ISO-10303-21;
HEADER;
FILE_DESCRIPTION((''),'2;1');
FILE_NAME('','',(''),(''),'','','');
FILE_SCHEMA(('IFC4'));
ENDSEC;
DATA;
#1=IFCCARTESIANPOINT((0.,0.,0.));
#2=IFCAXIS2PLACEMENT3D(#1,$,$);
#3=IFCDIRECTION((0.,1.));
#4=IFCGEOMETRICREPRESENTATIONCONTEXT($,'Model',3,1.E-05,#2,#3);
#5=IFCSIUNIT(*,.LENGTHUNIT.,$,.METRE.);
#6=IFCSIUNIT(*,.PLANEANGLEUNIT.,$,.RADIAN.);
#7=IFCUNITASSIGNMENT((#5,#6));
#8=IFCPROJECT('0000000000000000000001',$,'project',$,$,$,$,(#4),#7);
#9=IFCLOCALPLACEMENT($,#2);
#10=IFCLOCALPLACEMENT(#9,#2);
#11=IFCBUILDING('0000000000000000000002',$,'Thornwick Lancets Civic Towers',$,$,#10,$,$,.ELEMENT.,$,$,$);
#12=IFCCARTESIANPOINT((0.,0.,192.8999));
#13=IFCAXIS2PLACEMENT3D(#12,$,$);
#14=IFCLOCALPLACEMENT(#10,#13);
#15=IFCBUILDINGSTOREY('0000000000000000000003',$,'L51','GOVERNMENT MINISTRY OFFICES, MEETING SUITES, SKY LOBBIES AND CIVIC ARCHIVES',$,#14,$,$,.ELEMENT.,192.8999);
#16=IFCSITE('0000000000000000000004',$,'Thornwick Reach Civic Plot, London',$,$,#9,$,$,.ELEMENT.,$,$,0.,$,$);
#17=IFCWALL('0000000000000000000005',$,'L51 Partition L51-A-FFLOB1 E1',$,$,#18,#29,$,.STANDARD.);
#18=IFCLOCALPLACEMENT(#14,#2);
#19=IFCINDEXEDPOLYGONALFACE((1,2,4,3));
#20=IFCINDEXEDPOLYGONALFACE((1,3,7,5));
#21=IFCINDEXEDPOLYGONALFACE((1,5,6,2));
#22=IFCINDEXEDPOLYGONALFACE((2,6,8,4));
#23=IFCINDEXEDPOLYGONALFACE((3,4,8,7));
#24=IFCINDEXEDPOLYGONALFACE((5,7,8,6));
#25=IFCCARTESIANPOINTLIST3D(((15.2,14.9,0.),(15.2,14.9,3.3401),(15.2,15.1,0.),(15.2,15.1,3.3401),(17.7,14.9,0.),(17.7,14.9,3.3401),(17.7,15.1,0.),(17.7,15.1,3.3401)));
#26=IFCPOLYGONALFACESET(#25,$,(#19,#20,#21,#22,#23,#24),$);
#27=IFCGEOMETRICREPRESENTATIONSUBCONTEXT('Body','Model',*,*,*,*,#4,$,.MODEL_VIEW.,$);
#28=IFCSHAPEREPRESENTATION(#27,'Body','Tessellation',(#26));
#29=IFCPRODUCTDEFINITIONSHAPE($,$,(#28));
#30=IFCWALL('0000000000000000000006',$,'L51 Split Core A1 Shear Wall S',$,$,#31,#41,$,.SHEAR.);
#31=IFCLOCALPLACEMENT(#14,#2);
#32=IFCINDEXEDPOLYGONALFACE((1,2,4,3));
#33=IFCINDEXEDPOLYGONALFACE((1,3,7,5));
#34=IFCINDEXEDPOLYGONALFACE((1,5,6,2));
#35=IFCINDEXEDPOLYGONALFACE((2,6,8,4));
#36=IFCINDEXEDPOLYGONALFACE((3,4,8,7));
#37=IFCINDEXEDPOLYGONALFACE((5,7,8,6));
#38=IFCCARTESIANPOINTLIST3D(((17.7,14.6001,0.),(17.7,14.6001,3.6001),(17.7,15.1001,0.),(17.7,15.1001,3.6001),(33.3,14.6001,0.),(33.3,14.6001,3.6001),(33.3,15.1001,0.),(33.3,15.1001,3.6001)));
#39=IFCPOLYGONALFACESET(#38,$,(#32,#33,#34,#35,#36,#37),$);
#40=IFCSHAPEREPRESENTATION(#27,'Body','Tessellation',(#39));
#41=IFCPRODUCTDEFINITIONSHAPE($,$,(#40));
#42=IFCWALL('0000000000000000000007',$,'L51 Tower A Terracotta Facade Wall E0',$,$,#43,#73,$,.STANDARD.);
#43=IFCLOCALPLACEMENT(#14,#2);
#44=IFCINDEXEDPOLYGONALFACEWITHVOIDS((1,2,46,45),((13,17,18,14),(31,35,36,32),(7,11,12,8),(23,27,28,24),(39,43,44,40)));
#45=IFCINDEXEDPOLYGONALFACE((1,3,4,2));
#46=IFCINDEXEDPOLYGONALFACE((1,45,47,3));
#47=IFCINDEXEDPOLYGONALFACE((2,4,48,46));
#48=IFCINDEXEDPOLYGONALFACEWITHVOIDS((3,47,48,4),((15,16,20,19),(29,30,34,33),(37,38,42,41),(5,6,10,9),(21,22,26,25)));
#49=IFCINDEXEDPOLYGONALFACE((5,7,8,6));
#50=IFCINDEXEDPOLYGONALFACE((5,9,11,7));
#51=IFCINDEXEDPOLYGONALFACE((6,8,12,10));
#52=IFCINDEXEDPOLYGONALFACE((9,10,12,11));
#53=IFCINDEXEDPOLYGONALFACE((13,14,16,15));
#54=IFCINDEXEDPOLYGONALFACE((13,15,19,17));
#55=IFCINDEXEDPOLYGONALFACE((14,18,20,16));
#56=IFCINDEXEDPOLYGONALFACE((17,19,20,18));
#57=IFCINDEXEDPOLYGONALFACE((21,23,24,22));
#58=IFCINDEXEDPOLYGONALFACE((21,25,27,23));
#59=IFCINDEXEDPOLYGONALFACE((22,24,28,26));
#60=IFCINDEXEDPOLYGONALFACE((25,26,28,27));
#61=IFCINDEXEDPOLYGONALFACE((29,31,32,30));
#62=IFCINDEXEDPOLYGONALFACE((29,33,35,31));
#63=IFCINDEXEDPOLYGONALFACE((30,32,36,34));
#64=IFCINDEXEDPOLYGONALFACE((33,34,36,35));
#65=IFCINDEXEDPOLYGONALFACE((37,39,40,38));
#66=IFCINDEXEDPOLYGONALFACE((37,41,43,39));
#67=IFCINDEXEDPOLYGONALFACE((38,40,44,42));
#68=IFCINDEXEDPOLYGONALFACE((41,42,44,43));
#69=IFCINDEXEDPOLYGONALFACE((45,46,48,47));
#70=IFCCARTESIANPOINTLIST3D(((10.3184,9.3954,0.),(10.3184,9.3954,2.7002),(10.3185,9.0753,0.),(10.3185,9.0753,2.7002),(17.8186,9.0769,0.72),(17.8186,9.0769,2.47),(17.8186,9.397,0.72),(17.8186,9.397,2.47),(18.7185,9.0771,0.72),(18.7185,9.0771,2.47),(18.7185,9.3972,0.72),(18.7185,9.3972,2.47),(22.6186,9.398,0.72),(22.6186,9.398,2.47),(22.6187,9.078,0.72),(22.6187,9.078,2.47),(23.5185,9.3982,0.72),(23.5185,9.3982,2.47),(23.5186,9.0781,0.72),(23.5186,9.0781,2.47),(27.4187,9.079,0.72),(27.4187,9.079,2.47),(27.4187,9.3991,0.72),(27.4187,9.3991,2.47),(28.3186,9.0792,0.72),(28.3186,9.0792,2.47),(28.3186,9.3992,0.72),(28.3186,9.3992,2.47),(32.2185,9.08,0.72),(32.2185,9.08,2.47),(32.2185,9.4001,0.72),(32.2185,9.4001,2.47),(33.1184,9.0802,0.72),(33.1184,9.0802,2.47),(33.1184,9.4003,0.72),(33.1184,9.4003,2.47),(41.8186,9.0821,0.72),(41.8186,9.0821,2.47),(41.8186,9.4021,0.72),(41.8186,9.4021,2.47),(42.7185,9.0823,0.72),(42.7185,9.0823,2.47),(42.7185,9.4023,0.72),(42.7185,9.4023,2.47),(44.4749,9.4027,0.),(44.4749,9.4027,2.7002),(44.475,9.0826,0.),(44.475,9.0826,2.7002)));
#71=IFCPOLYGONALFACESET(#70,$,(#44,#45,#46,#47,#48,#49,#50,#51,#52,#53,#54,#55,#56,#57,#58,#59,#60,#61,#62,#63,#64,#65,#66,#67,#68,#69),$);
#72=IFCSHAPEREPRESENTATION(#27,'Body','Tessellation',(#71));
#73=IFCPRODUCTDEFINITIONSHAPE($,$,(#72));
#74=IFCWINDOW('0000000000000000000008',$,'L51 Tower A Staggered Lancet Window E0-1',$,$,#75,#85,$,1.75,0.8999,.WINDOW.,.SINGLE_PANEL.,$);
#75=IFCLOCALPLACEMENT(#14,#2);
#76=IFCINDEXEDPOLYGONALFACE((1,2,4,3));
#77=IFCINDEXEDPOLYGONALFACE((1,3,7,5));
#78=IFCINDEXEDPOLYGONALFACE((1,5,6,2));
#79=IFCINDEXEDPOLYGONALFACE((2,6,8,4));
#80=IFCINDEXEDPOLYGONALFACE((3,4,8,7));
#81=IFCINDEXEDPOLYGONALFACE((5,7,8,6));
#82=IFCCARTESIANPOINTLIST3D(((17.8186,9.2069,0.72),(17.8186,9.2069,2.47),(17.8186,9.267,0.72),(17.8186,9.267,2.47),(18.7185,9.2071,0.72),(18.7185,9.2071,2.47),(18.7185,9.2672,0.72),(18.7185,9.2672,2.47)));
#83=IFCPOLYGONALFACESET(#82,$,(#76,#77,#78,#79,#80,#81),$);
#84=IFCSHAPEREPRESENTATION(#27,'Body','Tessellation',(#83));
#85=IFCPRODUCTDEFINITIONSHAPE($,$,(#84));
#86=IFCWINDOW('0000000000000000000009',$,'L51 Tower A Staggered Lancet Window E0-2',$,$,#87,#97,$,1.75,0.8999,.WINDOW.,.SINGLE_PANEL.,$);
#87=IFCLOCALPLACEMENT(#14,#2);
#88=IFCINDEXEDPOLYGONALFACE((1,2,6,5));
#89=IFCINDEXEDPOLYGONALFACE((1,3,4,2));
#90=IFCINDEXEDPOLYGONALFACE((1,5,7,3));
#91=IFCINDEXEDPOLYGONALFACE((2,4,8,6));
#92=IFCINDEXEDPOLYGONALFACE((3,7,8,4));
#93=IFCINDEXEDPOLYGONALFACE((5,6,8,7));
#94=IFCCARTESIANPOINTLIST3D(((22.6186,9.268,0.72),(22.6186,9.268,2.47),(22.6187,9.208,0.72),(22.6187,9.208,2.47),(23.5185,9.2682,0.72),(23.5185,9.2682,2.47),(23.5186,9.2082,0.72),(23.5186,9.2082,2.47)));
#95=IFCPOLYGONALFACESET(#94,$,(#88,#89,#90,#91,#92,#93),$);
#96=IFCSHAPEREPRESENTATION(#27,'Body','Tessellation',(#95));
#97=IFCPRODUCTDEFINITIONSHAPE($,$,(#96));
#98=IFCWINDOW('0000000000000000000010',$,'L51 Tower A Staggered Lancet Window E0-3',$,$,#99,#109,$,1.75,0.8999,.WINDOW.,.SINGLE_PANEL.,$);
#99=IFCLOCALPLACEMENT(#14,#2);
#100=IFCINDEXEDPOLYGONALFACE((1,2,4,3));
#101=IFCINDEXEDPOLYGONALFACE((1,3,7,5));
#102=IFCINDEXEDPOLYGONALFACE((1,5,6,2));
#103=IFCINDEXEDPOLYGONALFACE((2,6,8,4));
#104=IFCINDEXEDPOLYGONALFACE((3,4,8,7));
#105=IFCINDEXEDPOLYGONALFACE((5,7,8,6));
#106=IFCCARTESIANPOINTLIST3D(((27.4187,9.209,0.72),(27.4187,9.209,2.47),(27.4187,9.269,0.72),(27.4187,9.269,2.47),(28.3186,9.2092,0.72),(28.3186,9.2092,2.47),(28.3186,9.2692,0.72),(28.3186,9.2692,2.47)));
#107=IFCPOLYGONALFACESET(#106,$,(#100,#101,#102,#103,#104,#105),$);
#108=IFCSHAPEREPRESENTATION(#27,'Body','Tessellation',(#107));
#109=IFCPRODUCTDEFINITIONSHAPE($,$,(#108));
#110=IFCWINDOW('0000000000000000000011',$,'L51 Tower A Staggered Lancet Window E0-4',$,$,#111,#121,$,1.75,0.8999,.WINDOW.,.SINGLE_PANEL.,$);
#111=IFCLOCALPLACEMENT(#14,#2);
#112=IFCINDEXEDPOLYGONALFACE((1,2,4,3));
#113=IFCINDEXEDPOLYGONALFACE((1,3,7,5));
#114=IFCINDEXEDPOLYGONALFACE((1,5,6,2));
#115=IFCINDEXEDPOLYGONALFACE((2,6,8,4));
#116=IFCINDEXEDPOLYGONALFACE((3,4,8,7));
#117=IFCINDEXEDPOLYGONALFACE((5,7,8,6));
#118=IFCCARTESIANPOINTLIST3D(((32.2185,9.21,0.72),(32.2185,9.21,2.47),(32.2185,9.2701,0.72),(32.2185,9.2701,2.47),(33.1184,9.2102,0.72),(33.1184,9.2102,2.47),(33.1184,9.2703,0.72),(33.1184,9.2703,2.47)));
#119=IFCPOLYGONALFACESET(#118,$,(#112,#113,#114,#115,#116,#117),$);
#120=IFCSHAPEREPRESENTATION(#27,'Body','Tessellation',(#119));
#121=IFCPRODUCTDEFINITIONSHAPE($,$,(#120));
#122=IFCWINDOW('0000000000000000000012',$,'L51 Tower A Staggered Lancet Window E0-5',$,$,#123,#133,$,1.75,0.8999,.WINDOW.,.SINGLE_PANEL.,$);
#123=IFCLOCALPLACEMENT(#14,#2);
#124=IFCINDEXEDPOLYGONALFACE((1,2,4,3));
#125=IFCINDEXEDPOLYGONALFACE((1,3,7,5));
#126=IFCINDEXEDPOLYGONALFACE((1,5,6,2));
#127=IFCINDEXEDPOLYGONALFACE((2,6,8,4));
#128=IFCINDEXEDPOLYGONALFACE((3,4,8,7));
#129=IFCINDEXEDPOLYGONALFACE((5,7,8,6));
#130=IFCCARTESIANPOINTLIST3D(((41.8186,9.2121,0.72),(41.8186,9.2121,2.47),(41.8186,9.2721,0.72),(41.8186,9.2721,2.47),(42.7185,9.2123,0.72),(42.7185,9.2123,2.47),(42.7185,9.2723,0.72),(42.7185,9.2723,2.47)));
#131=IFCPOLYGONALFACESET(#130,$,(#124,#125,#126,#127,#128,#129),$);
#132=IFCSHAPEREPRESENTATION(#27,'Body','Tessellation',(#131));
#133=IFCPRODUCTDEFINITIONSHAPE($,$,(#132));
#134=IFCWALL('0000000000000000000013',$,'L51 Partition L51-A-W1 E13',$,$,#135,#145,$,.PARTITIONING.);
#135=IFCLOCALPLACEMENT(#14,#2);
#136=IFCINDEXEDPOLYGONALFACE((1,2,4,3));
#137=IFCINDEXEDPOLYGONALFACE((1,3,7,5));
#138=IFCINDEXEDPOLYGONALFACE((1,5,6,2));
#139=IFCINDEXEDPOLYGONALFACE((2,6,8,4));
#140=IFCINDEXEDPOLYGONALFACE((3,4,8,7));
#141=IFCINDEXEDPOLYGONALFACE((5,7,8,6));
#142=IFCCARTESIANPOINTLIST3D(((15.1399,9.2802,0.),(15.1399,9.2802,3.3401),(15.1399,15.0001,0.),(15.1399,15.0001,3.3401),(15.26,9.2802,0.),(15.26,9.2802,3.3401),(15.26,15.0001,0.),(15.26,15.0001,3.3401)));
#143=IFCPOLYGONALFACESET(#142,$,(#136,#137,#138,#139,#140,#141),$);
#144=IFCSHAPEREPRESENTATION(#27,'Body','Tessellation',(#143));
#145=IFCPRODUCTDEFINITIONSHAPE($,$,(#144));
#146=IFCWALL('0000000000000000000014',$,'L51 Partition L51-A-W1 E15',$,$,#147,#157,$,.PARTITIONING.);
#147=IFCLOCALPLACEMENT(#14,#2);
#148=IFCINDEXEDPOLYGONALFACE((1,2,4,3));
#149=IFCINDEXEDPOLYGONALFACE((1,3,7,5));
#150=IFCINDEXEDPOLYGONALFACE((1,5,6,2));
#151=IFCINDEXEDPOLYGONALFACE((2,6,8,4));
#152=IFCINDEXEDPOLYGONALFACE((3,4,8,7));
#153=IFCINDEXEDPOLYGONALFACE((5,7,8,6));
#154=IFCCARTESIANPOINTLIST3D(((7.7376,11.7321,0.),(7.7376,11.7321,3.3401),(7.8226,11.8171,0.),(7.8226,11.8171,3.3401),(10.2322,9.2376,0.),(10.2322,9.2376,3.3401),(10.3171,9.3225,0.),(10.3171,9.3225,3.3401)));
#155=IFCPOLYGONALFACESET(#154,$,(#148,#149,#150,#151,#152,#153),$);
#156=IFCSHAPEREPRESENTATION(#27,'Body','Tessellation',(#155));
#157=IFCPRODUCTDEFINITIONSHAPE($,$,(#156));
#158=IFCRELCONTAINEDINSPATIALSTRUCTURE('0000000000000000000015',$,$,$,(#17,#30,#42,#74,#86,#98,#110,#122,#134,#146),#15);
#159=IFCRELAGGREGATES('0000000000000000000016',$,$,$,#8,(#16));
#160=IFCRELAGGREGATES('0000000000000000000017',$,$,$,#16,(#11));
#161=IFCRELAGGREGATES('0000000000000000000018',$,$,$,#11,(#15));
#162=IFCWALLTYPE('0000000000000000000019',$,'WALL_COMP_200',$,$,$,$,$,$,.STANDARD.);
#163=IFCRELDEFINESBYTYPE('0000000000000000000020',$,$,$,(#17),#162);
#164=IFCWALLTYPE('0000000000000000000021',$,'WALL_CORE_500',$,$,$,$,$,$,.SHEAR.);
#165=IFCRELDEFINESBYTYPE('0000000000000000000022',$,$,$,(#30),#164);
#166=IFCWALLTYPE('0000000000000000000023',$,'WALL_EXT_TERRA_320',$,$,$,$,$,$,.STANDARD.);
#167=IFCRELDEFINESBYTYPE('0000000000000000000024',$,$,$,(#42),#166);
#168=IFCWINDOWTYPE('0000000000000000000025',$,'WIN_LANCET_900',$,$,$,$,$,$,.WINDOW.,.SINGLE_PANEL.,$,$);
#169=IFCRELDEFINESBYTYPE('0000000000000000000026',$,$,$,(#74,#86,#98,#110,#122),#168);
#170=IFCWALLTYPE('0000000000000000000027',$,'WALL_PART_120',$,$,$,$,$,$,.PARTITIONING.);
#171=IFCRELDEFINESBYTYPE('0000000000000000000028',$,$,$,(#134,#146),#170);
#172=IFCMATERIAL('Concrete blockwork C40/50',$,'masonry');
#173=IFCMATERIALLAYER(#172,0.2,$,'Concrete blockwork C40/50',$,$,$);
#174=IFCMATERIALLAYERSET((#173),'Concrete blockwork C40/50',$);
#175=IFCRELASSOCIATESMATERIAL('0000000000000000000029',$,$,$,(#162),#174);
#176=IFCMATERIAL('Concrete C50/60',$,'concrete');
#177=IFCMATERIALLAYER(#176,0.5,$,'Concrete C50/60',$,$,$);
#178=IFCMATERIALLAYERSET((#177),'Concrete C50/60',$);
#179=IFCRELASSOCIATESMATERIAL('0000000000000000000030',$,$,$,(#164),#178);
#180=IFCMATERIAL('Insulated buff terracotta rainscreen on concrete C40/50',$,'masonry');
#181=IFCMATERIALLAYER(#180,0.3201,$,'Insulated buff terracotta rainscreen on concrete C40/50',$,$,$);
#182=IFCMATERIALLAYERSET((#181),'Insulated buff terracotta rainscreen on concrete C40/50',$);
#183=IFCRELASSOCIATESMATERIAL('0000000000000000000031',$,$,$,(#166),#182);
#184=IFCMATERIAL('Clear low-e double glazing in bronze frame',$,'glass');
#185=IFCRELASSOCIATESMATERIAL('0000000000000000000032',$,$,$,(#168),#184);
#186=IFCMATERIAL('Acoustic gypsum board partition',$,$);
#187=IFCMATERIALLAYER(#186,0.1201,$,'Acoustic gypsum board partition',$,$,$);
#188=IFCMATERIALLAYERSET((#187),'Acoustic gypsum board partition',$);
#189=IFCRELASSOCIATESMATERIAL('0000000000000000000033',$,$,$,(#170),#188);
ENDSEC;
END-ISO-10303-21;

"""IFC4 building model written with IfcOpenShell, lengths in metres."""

from ifc_helpers import new_model, si_unit, direction, frame, frame_2d, origin, place, context, subcontext, project, spatial, rectangle, extrude, material, layer, layer_set, type_object, element, fill, save


model = new_model("IFC4")

# Units and contexts
model_context = context("Model", 3, precision=1e-05, world=origin(), true_north=direction((0.0, 1.0)))
body_context = subcontext(model_context, "Body", "Model", "MODEL_VIEW")
ifc_project = project(units=[si_unit("LENGTHUNIT", "METRE"), si_unit("PLANEANGLEUNIT", "RADIAN")], contexts=[model_context])

# Site, building, storey
site_placement = place(None, origin())
site = spatial("IfcSite", under=ifc_project, at=site_placement, Name="Thornwick Reach Civic Plot, London", CompositionType="ELEMENT", RefElevation=0.0)
building_placement = place(site_placement, origin())
building = spatial("IfcBuilding", under=site, at=building_placement, Name="Thornwick Lancets Civic Towers", CompositionType="ELEMENT")
storey_placement = place(building_placement, frame((0.0, 0.0, 192.8999)))
storey = spatial("IfcBuildingStorey", under=building, at=storey_placement, Name="L51", Description="GOVERNMENT MINISTRY OFFICES, MEETING SUITES, SKY LOBBIES AND CIVIC ARCHIVES", CompositionType="ELEMENT", Elevation=192.8999)

# Shared definitions
ifc_material_1 = material(Name="Concrete C50/60", Category="concrete")

# Walls
ifc_material_2 = material(Name="Concrete blockwork C40/50", Category="masonry")
ifc_layer_1 = layer(ifc_material_2, 0.2, Name="Concrete blockwork C40/50")
ifc_layer_set_1 = layer_set([ifc_layer_1], Name="Concrete blockwork C40/50")
wall_type_1 = type_object("IfcWallType", Name="WALL_COMP_200", PredefinedType="STANDARD", material=ifc_layer_set_1)
wall_1_placement = place(storey_placement, frame((15.2, 15.0, 0.0), z_axis=(0.0, 0.0, 1.0), x_axis=(1.0, 0.0, 0.0)))
element("IfcWall", 1, at=wall_1_placement, inside=storey, type_object=wall_type_1, Name="L51 Partition L51-A-FFLOB1 E1", PredefinedType="STANDARD", context=body_context, shape_type="SweptSolid", body=[
    extrude(rectangle(XDim=2.5, YDim=0.2, at=frame_2d((1.25, 0.0))), origin(), (0.0, 0.0, 1.0), 3.3401),
])
ifc_layer_2 = layer(ifc_material_1, 0.5, Name="Concrete C50/60")
ifc_layer_set_2 = layer_set([ifc_layer_2], Name="Concrete C50/60")
wall_type_2 = type_object("IfcWallType", Name="WALL_CORE_500", PredefinedType="SHEAR", material=ifc_layer_set_2)
wall_2_placement = place(storey_placement, frame((17.7, 14.8501, 0.0), z_axis=(0.0, 0.0, 1.0), x_axis=(1.0, 0.0, 0.0)))
element("IfcWall", 2, at=wall_2_placement, inside=storey, type_object=wall_type_2, Name="L51 Split Core A1 Shear Wall S", PredefinedType="SHEAR", context=body_context, shape_type="SweptSolid", body=[
    extrude(rectangle(XDim=15.6001, YDim=0.5, at=frame_2d((7.8, 0.0))), origin(), (0.0, 0.0, 1.0), 3.6001),
])

# Wall, openings, windows
ifc_material_3 = material(Name="Insulated buff terracotta rainscreen on concrete C40/50", Category="masonry")
ifc_layer_3 = layer(ifc_material_3, 0.3201, Name="Insulated buff terracotta rainscreen on concrete C40/50")
ifc_layer_set_3 = layer_set([ifc_layer_3], Name="Insulated buff terracotta rainscreen on concrete C40/50")
wall_type_3 = type_object("IfcWallType", Name="WALL_EXT_TERRA_320", PredefinedType="STANDARD", material=ifc_layer_set_3)
wall_3_placement = place(storey_placement, frame((10.3186, 9.2354, 0.0), z_axis=(0.0, 0.0, 1.0), x_axis=(1.0, 0.000214, 0.0)))
wall_3 = element("IfcWall", 3, at=wall_3_placement, inside=storey, type_object=wall_type_3, Name="L51 Tower A Terracotta Facade Wall E0", PredefinedType="STANDARD", context=body_context, shape_type="SweptSolid", body=[
    extrude(rectangle(XDim=34.1565, YDim=0.3201, at=frame_2d((17.0781, 0.0))), origin(), (0.0, 0.0, 1.0), 2.7002),
])
opening_1_placement = place(wall_3_placement, frame((7.5, 0.0, 0.72)))
opening_1 = element("IfcOpeningElement", 4, at=opening_1_placement, cuts=wall_3, PredefinedType="OPENING", context=body_context, shape_type="SweptSolid", body=[
    extrude(rectangle(XDim=0.8999, YDim=1.75, at=frame_2d((0.45, 0.875))), frame((0.0, 0.1699, 0.0), z_axis=(0.0, -1.0, 0.0), x_axis=(1.0, 0.0, 0.0)), (0.0, 0.0, 1.0), 0.3401),
])
opening_2_placement = place(wall_3_placement, frame((12.3, 0.0, 0.72)))
opening_2 = element("IfcOpeningElement", 5, at=opening_2_placement, cuts=wall_3, PredefinedType="OPENING", context=body_context, shape_type="SweptSolid", body=[
    extrude(rectangle(XDim=0.8999, YDim=1.75, at=frame_2d((0.45, 0.875))), frame((0.0, 0.1699, 0.0), z_axis=(0.0, -1.0, 0.0), x_axis=(1.0, 0.0, 0.0)), (0.0, 0.0, 1.0), 0.3401),
])
opening_3_placement = place(wall_3_placement, frame((17.1001, 0.0, 0.72)))
opening_3 = element("IfcOpeningElement", 6, at=opening_3_placement, cuts=wall_3, PredefinedType="OPENING", context=body_context, shape_type="SweptSolid", body=[
    extrude(rectangle(XDim=0.8999, YDim=1.75, at=frame_2d((0.45, 0.875))), frame((0.0, 0.1699, 0.0), z_axis=(0.0, -1.0, 0.0), x_axis=(1.0, 0.0, 0.0)), (0.0, 0.0, 1.0), 0.3401),
])
opening_4_placement = place(wall_3_placement, frame((21.8999, 0.0, 0.72)))
opening_4 = element("IfcOpeningElement", 7, at=opening_4_placement, cuts=wall_3, PredefinedType="OPENING", context=body_context, shape_type="SweptSolid", body=[
    extrude(rectangle(XDim=0.8999, YDim=1.75, at=frame_2d((0.45, 0.875))), frame((0.0, 0.1699, 0.0), z_axis=(0.0, -1.0, 0.0), x_axis=(1.0, 0.0, 0.0)), (0.0, 0.0, 1.0), 0.3401),
])
opening_5_placement = place(wall_3_placement, frame((31.5, 0.0, 0.72)))
opening_5 = element("IfcOpeningElement", 8, at=opening_5_placement, cuts=wall_3, PredefinedType="OPENING", context=body_context, shape_type="SweptSolid", body=[
    extrude(rectangle(XDim=0.8999, YDim=1.75, at=frame_2d((0.45, 0.875))), frame((0.0, 0.1699, 0.0), z_axis=(0.0, -1.0, 0.0), x_axis=(1.0, 0.0, 0.0)), (0.0, 0.0, 1.0), 0.3401),
])
ifc_material_4 = material(Name="Clear low-e double glazing in bronze frame", Category="glass")
window_type = type_object("IfcWindowType", Name="WIN_LANCET_900", PartitioningType="SINGLE_PANEL", PredefinedType="WINDOW", material=ifc_material_4)
window_1_placement = place(opening_1_placement, origin())
window_1 = element("IfcWindow", 9, at=window_1_placement, inside=storey, type_object=window_type, Name="L51 Tower A Staggered Lancet Window E0-1", OverallHeight=1.75, OverallWidth=0.8999, PartitioningType="SINGLE_PANEL", PredefinedType="WINDOW", context=body_context, shape_type="SweptSolid", body=[
    extrude(rectangle(XDim=0.8999, YDim=1.75, at=frame_2d((0.45, 0.875))), frame((0.0, 0.03, 0.0), z_axis=(0.0, -1.0, 0.0), x_axis=(1.0, 0.0, 0.0)), (0.0, 0.0, 1.0), 0.0601),
])
fill(opening_1, window_1)
window_2_placement = place(opening_2_placement, origin())
window_2 = element("IfcWindow", 10, at=window_2_placement, inside=storey, type_object=window_type, Name="L51 Tower A Staggered Lancet Window E0-2", OverallHeight=1.75, OverallWidth=0.8999, PartitioningType="SINGLE_PANEL", PredefinedType="WINDOW", context=body_context, shape_type="SweptSolid", body=[
    extrude(rectangle(XDim=0.8999, YDim=1.75, at=frame_2d((0.45, 0.875))), frame((0.0, 0.03, 0.0), z_axis=(0.0, -1.0, 0.0), x_axis=(1.0, 0.0, 0.0)), (0.0, 0.0, 1.0), 0.0601),
])
fill(opening_2, window_2)
window_3_placement = place(opening_3_placement, origin())
window_3 = element("IfcWindow", 11, at=window_3_placement, inside=storey, type_object=window_type, Name="L51 Tower A Staggered Lancet Window E0-3", OverallHeight=1.75, OverallWidth=0.8999, PartitioningType="SINGLE_PANEL", PredefinedType="WINDOW", context=body_context, shape_type="SweptSolid", body=[
    extrude(rectangle(XDim=0.8999, YDim=1.75, at=frame_2d((0.45, 0.875))), frame((0.0, 0.03, 0.0), z_axis=(0.0, -1.0, 0.0), x_axis=(1.0, 0.0, 0.0)), (0.0, 0.0, 1.0), 0.0601),
])
fill(opening_3, window_3)
window_4_placement = place(opening_4_placement, origin())
window_4 = element("IfcWindow", 12, at=window_4_placement, inside=storey, type_object=window_type, Name="L51 Tower A Staggered Lancet Window E0-4", OverallHeight=1.75, OverallWidth=0.8999, PartitioningType="SINGLE_PANEL", PredefinedType="WINDOW", context=body_context, shape_type="SweptSolid", body=[
    extrude(rectangle(XDim=0.8999, YDim=1.75, at=frame_2d((0.45, 0.875))), frame((0.0, 0.03, 0.0), z_axis=(0.0, -1.0, 0.0), x_axis=(1.0, 0.0, 0.0)), (0.0, 0.0, 1.0), 0.0601),
])
fill(opening_4, window_4)
window_5_placement = place(opening_5_placement, origin())
window_5 = element("IfcWindow", 13, at=window_5_placement, inside=storey, type_object=window_type, Name="L51 Tower A Staggered Lancet Window E0-5", OverallHeight=1.75, OverallWidth=0.8999, PartitioningType="SINGLE_PANEL", PredefinedType="WINDOW", context=body_context, shape_type="SweptSolid", body=[
    extrude(rectangle(XDim=0.8999, YDim=1.75, at=frame_2d((0.45, 0.875))), frame((0.0, 0.03, 0.0), z_axis=(0.0, -1.0, 0.0), x_axis=(1.0, 0.0, 0.0)), (0.0, 0.0, 1.0), 0.0601),
])
fill(opening_5, window_5)

# Walls
ifc_material_5 = material(Name="Acoustic gypsum board partition")
ifc_layer_4 = layer(ifc_material_5, 0.1201, Name="Acoustic gypsum board partition")
ifc_layer_set_4 = layer_set([ifc_layer_4], Name="Acoustic gypsum board partition")
wall_type_4 = type_object("IfcWallType", Name="WALL_PART_120", PredefinedType="PARTITIONING", material=ifc_layer_set_4)
wall_4_placement = place(storey_placement, frame((15.2, 15.0, 0.0), z_axis=(0.0, 0.0, 1.0), x_axis=(0.0, -1.0, 0.0)))
element("IfcWall", 14, at=wall_4_placement, inside=storey, type_object=wall_type_4, Name="L51 Partition L51-A-W1 E13", PredefinedType="PARTITIONING", context=body_context, shape_type="SweptSolid", body=[
    extrude(rectangle(XDim=5.72, YDim=0.1201, at=frame_2d((2.8599, 0.0))), origin(), (0.0, 0.0, 1.0), 3.3401),
])
wall_5_placement = place(storey_placement, frame((10.2747, 9.28, 0.0), z_axis=(0.0, 0.0, 1.0), x_axis=(-0.707107, 0.707107, 0.0)))
element("IfcWall", 15, at=wall_5_placement, inside=storey, type_object=wall_type_4, Name="L51 Partition L51-A-W1 E15", PredefinedType="PARTITIONING", context=body_context, shape_type="SweptSolid", body=[
    extrude(rectangle(XDim=3.5278, YDim=0.1201, at=frame_2d((1.7639, 0.0))), origin(), (0.0, 0.0, 1.0), 3.3401),
])

save(model, "model.ifc")
